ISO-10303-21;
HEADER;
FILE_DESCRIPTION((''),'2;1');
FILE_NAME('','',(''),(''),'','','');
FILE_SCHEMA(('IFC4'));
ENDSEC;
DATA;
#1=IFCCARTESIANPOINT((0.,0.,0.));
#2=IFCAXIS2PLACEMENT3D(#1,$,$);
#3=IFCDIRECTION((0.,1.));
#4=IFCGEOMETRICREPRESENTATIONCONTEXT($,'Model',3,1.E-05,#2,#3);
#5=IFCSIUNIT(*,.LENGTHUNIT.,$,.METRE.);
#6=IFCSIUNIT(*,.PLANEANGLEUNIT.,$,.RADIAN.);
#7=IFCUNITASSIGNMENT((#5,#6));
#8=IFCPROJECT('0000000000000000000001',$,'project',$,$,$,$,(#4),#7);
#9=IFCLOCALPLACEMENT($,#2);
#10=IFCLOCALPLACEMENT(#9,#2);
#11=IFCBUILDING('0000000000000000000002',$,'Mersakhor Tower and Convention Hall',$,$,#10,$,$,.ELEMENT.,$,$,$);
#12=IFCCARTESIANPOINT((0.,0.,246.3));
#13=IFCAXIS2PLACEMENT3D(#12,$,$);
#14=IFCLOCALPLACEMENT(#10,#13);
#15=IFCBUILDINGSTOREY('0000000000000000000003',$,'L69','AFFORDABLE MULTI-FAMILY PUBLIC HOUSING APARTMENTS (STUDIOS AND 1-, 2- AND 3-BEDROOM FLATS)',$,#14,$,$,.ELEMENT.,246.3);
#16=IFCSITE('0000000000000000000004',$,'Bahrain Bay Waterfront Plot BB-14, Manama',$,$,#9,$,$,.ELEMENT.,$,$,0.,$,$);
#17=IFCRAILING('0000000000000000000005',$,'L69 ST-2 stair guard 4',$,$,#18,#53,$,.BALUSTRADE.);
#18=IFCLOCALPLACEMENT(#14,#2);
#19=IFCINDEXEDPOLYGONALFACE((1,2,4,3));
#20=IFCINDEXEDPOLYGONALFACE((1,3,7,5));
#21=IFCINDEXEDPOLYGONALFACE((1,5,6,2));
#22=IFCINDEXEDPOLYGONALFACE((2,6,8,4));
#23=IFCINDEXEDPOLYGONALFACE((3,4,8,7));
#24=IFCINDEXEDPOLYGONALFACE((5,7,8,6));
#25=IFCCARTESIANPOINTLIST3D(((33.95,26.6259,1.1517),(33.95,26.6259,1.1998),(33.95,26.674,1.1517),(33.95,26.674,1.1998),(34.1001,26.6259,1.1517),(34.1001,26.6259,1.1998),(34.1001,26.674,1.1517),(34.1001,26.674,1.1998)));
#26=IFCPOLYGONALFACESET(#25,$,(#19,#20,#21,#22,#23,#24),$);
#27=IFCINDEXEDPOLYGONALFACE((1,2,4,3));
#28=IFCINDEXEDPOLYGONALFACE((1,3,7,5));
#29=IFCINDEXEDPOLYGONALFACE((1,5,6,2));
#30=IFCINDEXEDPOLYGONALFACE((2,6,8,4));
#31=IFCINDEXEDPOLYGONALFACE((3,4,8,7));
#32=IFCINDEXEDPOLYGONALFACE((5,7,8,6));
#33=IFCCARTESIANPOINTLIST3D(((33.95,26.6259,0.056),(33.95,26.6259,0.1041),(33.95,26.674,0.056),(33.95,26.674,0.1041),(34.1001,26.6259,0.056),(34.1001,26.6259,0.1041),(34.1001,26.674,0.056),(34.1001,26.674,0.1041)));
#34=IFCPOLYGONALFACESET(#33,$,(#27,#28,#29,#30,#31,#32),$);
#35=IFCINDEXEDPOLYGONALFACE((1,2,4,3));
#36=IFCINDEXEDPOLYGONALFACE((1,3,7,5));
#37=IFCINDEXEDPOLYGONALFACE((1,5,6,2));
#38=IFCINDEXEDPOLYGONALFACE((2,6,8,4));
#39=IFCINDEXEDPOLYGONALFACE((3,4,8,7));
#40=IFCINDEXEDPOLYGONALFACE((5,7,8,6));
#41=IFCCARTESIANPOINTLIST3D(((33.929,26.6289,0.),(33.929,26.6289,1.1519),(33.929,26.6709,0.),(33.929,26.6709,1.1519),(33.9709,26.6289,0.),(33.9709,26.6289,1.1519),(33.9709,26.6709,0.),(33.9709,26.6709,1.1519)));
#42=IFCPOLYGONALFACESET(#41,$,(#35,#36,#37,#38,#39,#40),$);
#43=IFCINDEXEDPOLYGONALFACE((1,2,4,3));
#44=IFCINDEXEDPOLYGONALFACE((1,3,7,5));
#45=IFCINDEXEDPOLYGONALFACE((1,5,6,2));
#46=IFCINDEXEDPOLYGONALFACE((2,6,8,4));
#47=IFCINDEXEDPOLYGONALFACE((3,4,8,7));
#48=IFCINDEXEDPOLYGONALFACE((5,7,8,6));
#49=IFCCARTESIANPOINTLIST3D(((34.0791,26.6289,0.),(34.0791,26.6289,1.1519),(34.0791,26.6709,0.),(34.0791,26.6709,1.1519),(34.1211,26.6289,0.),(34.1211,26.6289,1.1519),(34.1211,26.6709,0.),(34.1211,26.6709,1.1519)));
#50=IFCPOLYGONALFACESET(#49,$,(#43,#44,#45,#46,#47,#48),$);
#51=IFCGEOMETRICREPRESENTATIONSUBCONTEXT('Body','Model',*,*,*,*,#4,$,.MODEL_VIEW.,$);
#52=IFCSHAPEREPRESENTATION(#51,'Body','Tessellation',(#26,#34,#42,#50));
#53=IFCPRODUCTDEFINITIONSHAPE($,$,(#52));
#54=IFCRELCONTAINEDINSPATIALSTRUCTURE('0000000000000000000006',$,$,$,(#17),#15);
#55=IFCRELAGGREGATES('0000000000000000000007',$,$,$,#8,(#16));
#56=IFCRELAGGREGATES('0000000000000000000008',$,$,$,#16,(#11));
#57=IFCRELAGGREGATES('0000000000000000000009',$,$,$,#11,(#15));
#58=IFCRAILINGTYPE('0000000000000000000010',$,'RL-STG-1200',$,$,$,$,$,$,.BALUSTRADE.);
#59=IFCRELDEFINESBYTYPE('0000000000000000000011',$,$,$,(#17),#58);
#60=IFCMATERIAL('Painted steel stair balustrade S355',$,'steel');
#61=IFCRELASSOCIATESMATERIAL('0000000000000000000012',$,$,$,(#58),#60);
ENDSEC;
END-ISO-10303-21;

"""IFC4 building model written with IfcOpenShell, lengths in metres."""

from ifc_helpers import new_model, si_unit, direction, frame, origin, origin_2d, place, context, subcontext, project, spatial, rectangle, extrude, material, type_object, element, save


model = new_model("IFC4")

# Units and contexts
model_context = context("Model", 3, precision=1e-05, world=origin(), true_north=direction((0.0, 1.0)))
body_context = subcontext(model_context, "Body", "Model", "MODEL_VIEW")
ifc_project = project(units=[si_unit("LENGTHUNIT", "METRE"), si_unit("PLANEANGLEUNIT", "RADIAN")], contexts=[model_context])

# Site, building, storey
site_placement = place(None, origin())
site = spatial("IfcSite", under=ifc_project, at=site_placement, Name="Bahrain Bay Waterfront Plot BB-14, Manama", CompositionType="ELEMENT", RefElevation=0.0)
building_placement = place(site_placement, origin())
building = spatial("IfcBuilding", under=site, at=building_placement, Name="Mersakhor Tower and Convention Hall", CompositionType="ELEMENT")
storey_placement = place(building_placement, frame((0.0, 0.0, 246.3)))
storey = spatial("IfcBuildingStorey", under=building, at=storey_placement, Name="L69", Description="AFFORDABLE MULTI-FAMILY PUBLIC HOUSING APARTMENTS (STUDIOS AND 1-, 2- AND 3-BEDROOM FLATS)", CompositionType="ELEMENT", Elevation=246.3)

# Railing
ifc_material_1 = material(Name="Painted steel stair balustrade S355", Category="steel")
railing_type_1 = type_object("IfcRailingType", Name="RL-STG-1200", PredefinedType="BALUSTRADE", material=ifc_material_1)
railing_1_placement = place(storey_placement, frame((33.95, 26.6499, 0.0)))
element("IfcRailing", 1, at=railing_1_placement, inside=storey, type_object=railing_type_1, Name="L69 ST-2 stair guard 4", PredefinedType="BALUSTRADE", context=body_context, shape_type="SweptSolid", body=[
    extrude(rectangle(XDim=0.0481, YDim=0.0481, at=origin_2d()), frame((0.0, 0.0, 1.1758), z_axis=(1.0, 0.0, 0.0), x_axis=(0.0, 1.0, 0.0)), (0.0, 0.0, 1.0), 0.1501),
    extrude(rectangle(XDim=0.0481, YDim=0.0481, at=origin_2d()), frame((0.0, 0.0, 0.0801), z_axis=(1.0, 0.0, 0.0), x_axis=(0.0, 1.0, 0.0)), (0.0, 0.0, 1.0), 0.1501),
    extrude(rectangle(XDim=0.042, YDim=0.042, at=origin_2d()), origin(), (0.0, 0.0, 1.0), 1.1519),
    extrude(rectangle(XDim=0.042, YDim=0.042, at=origin_2d()), frame((0.1501, 0.0, 0.0)), (0.0, 0.0, 1.0), 1.1519),
])

save(model, "model.ifc")
